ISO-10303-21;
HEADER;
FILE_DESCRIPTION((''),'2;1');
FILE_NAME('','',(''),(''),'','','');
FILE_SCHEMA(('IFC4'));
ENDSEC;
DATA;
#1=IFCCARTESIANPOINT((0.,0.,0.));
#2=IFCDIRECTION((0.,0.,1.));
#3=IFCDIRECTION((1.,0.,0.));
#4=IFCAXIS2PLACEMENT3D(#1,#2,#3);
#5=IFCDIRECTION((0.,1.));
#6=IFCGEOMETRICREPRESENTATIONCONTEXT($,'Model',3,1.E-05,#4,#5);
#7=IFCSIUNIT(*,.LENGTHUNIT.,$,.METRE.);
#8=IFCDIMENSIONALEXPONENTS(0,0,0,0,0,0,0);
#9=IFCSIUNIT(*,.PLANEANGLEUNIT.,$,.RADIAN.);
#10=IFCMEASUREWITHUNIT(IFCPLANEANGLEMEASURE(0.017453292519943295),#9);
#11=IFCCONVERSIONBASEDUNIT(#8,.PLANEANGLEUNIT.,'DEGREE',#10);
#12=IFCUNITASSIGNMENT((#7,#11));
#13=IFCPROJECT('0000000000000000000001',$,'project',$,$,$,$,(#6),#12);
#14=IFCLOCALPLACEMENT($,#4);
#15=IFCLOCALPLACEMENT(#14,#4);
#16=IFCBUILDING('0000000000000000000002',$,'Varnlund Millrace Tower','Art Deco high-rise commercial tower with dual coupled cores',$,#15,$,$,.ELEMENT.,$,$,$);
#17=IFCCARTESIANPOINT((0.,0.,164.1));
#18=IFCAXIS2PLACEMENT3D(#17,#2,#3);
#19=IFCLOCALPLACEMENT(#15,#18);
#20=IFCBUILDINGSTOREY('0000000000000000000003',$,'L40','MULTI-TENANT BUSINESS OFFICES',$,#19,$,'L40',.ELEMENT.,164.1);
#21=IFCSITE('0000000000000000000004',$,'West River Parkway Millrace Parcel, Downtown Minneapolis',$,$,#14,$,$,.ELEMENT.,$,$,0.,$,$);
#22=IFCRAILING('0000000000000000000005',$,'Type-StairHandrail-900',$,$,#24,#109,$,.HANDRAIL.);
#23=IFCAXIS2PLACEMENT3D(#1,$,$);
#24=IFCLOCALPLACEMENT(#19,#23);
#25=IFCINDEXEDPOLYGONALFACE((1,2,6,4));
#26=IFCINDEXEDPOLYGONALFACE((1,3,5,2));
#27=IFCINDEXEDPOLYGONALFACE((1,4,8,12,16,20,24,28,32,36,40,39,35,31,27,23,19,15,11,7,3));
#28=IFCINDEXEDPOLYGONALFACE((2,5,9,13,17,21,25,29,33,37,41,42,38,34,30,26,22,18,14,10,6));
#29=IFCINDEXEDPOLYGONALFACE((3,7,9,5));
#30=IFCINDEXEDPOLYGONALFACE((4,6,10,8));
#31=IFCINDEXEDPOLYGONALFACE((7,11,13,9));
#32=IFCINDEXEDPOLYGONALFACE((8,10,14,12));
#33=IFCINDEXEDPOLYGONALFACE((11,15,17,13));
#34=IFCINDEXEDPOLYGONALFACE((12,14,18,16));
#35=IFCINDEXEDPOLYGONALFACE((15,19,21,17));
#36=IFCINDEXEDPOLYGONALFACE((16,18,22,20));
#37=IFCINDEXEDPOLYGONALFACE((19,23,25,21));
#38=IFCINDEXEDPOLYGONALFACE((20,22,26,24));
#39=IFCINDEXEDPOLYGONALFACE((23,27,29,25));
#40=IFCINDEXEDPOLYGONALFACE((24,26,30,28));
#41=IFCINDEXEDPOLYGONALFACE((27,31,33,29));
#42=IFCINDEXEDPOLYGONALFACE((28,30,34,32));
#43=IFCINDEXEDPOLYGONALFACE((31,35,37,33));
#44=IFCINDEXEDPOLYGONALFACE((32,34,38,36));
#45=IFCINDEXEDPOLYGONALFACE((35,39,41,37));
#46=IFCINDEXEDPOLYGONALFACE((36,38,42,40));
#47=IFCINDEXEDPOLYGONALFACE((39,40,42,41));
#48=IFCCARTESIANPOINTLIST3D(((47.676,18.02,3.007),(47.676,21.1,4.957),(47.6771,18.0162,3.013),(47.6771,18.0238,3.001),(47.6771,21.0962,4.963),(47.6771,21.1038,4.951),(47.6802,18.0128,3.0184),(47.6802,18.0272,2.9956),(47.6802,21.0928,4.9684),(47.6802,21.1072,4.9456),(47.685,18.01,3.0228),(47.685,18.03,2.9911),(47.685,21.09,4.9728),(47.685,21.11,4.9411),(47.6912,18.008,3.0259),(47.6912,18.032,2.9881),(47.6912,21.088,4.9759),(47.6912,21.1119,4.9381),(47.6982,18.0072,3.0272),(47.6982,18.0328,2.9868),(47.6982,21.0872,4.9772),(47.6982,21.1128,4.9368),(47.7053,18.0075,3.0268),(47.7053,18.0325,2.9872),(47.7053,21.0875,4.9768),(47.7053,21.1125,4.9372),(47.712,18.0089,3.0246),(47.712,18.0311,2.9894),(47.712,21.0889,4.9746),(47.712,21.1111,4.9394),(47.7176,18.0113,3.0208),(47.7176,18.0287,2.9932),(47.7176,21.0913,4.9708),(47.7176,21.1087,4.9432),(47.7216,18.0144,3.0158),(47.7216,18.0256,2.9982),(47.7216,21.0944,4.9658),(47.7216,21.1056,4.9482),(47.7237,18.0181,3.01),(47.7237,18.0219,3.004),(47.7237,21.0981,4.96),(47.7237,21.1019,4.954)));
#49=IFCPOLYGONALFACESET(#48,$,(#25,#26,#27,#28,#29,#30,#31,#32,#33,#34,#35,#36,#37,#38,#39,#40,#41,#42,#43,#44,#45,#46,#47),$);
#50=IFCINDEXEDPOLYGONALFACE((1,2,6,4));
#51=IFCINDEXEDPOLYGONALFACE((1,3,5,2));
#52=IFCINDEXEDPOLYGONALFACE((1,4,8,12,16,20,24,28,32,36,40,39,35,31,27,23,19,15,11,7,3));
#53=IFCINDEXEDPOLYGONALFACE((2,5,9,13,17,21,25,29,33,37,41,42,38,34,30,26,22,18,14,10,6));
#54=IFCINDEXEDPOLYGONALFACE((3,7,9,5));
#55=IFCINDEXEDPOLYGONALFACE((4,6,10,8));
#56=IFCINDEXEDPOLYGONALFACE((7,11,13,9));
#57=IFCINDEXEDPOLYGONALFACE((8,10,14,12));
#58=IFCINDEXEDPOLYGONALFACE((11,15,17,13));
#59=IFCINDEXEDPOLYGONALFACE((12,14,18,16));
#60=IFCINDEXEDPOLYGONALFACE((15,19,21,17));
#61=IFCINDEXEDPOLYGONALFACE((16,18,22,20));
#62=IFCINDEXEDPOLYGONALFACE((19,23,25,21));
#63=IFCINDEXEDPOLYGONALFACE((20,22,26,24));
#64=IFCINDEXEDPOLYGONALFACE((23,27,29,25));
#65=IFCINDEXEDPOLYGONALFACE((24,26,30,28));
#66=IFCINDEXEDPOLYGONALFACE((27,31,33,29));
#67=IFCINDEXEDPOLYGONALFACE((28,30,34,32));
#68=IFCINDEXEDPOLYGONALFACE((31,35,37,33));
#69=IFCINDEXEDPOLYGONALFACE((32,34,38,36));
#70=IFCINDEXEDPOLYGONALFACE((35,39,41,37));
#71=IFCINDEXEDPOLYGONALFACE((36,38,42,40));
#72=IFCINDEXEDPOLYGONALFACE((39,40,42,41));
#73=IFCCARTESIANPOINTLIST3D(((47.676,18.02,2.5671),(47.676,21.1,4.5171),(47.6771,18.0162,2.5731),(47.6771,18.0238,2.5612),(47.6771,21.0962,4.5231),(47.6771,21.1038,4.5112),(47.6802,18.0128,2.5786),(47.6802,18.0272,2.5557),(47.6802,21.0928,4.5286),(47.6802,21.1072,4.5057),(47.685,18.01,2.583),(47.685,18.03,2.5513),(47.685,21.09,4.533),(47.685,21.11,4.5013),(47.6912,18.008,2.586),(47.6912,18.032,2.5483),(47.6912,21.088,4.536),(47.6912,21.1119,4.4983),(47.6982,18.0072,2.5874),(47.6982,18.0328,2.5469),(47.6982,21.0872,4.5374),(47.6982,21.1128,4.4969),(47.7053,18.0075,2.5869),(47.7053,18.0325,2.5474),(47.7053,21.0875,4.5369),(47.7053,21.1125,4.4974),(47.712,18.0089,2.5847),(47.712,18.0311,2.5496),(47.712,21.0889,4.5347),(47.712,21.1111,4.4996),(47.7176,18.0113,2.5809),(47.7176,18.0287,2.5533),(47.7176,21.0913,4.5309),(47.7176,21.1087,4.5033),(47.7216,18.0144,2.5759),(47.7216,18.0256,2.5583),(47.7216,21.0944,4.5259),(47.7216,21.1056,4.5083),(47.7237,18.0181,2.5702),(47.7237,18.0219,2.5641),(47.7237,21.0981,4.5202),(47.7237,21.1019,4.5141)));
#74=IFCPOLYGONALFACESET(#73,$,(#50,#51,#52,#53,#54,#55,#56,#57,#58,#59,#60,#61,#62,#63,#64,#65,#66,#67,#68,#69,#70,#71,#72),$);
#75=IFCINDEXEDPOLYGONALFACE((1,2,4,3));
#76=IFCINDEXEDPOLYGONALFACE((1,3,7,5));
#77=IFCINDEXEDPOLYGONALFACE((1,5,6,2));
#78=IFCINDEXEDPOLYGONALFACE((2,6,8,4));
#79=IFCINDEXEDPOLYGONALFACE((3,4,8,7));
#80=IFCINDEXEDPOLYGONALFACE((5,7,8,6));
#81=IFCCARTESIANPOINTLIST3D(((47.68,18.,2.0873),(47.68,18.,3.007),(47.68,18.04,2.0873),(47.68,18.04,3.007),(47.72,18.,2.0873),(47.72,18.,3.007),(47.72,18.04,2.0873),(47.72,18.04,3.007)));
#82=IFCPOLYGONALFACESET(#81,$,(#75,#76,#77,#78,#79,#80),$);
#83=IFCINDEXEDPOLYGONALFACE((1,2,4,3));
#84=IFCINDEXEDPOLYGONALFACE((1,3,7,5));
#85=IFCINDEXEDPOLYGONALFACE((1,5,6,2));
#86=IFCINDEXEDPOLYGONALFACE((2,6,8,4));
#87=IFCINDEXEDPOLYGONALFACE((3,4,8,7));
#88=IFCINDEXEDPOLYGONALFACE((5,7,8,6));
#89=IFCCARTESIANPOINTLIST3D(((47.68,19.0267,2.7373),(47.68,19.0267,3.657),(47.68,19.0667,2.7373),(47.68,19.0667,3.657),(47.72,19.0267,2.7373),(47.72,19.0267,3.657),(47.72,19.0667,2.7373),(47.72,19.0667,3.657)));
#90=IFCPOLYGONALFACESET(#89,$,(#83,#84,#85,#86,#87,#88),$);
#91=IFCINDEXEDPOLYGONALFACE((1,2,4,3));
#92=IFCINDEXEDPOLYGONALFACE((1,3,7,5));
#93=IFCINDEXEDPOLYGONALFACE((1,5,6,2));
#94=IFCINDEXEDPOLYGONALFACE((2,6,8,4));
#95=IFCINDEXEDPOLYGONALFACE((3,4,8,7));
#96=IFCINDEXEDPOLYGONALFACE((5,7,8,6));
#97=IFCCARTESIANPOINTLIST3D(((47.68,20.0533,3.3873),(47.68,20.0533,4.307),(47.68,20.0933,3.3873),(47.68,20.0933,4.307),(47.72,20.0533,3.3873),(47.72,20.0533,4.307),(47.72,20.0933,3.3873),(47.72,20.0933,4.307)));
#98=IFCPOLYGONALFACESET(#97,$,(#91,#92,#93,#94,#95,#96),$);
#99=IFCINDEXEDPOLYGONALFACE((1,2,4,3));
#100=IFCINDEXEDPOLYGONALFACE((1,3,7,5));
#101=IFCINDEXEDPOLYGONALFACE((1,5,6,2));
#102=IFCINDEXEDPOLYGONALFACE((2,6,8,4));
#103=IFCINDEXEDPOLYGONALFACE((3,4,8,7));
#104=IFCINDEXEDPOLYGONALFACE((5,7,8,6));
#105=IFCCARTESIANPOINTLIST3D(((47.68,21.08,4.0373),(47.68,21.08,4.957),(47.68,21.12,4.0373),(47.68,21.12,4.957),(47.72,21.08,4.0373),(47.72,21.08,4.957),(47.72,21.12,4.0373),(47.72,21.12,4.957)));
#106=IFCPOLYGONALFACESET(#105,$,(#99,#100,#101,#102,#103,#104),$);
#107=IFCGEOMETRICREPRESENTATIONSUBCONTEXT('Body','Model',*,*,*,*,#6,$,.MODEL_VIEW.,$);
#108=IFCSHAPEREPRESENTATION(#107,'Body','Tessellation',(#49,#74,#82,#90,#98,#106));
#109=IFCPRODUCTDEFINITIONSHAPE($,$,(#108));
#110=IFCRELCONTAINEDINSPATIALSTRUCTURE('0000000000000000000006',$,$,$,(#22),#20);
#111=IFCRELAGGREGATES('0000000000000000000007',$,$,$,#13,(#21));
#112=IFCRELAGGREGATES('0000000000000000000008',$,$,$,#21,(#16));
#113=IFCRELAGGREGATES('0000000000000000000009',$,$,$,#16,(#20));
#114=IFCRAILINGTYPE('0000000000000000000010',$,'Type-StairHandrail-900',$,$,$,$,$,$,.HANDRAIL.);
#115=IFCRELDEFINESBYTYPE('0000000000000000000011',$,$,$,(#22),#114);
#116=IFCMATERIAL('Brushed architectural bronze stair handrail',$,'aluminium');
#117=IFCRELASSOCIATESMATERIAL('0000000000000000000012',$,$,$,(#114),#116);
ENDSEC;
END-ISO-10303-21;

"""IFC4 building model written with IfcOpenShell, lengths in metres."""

from ifc_helpers import new_model, entity, si_unit, converted_unit, direction, frame, origin_with_axes, origin_2d_with_axis, place, context, subcontext, project, spatial, rectangle, circle, extrude, material, type_object, element, save


model = new_model("IFC4")

# Units and contexts
model_context = context("Model", 3, precision=1e-05, world=origin_with_axes(), true_north=direction((0.0, 1.0)))
body_context = subcontext(model_context, "Body", "Model", "MODEL_VIEW")
ifc_project = project(units=[si_unit("LENGTHUNIT", "METRE"), converted_unit("PLANEANGLEUNIT", "DEGREE", entity("IfcPlaneAngleMeasure", 0.017453292519943295), si_unit("PLANEANGLEUNIT", "RADIAN"), dimensions=[0, 0, 0, 0, 0, 0, 0])], contexts=[model_context])

# Site, building, storey
site_placement = place(None, origin_with_axes())
site = spatial("IfcSite", under=ifc_project, at=site_placement, Name="West River Parkway Millrace Parcel, Downtown Minneapolis", CompositionType="ELEMENT", RefElevation=0.0)
building_placement = place(site_placement, origin_with_axes())
building = spatial("IfcBuilding", under=site, at=building_placement, Name="Varnlund Millrace Tower", Description="Art Deco high-rise commercial tower with dual coupled cores", CompositionType="ELEMENT")
storey_placement = place(building_placement, frame((0.0, 0.0, 164.1), z_axis=(0.0, 0.0, 1.0), x_axis=(1.0, 0.0, 0.0)))
storey = spatial("IfcBuildingStorey", under=building, at=storey_placement, Name="L40", Description="MULTI-TENANT BUSINESS OFFICES", LongName="L40", CompositionType="ELEMENT", Elevation=164.1)

# Railing
ifc_material_1 = material(Name="Brushed architectural bronze stair handrail", Category="aluminium")
railing_type_1 = type_object("IfcRailingType", Name="Type-StairHandrail-900", PredefinedType="HANDRAIL", material=ifc_material_1)
railing_1_placement = place(storey_placement, frame((0.0, 0.0, -164.1), z_axis=(0.0, 0.0, 1.0), x_axis=(1.0, 0.0, 0.0)))
element("IfcRailing", 1, at=railing_1_placement, inside=storey, type_object=railing_type_1, Name="Type-StairHandrail-900", PredefinedType="HANDRAIL", context=body_context, shape_type="SweptSolid", body=[
    extrude(circle(Radius=0.024, at=origin_2d_with_axis()), frame((47.7, 18.02, 167.107), z_axis=(0.0, 0.844902, 0.534922), x_axis=(-1.0, 0.0, 0.0)), (0.0, 0.0, 1.0), 3.6454),
    extrude(circle(Radius=0.024, at=origin_2d_with_axis()), frame((47.7, 18.02, 166.6671), z_axis=(0.0, 0.844902, 0.534922), x_axis=(-1.0, 0.0, 0.0)), (0.0, 0.0, 1.0), 3.6454),
    extrude(rectangle(XDim=0.04, YDim=0.04, at=origin_2d_with_axis()), frame((47.7, 18.02, 166.1873), z_axis=(0.0, 0.0, 1.0), x_axis=(1.0, 0.0, 0.0)), (0.0, 0.0, 1.0), 0.9197),
    extrude(rectangle(XDim=0.04, YDim=0.04, at=origin_2d_with_axis()), frame((47.7, 19.0467, 166.8373), z_axis=(0.0, 0.0, 1.0), x_axis=(1.0, 0.0, 0.0)), (0.0, 0.0, 1.0), 0.9197),
    extrude(rectangle(XDim=0.04, YDim=0.04, at=origin_2d_with_axis()), frame((47.7, 20.0733, 167.4873), z_axis=(0.0, 0.0, 1.0), x_axis=(1.0, 0.0, 0.0)), (0.0, 0.0, 1.0), 0.9197),
    extrude(rectangle(XDim=0.04, YDim=0.04, at=origin_2d_with_axis()), frame((47.7, 21.1, 168.1373), z_axis=(0.0, 0.0, 1.0), x_axis=(1.0, 0.0, 0.0)), (0.0, 0.0, 1.0), 0.9197),
])

save(model, "model.ifc")
